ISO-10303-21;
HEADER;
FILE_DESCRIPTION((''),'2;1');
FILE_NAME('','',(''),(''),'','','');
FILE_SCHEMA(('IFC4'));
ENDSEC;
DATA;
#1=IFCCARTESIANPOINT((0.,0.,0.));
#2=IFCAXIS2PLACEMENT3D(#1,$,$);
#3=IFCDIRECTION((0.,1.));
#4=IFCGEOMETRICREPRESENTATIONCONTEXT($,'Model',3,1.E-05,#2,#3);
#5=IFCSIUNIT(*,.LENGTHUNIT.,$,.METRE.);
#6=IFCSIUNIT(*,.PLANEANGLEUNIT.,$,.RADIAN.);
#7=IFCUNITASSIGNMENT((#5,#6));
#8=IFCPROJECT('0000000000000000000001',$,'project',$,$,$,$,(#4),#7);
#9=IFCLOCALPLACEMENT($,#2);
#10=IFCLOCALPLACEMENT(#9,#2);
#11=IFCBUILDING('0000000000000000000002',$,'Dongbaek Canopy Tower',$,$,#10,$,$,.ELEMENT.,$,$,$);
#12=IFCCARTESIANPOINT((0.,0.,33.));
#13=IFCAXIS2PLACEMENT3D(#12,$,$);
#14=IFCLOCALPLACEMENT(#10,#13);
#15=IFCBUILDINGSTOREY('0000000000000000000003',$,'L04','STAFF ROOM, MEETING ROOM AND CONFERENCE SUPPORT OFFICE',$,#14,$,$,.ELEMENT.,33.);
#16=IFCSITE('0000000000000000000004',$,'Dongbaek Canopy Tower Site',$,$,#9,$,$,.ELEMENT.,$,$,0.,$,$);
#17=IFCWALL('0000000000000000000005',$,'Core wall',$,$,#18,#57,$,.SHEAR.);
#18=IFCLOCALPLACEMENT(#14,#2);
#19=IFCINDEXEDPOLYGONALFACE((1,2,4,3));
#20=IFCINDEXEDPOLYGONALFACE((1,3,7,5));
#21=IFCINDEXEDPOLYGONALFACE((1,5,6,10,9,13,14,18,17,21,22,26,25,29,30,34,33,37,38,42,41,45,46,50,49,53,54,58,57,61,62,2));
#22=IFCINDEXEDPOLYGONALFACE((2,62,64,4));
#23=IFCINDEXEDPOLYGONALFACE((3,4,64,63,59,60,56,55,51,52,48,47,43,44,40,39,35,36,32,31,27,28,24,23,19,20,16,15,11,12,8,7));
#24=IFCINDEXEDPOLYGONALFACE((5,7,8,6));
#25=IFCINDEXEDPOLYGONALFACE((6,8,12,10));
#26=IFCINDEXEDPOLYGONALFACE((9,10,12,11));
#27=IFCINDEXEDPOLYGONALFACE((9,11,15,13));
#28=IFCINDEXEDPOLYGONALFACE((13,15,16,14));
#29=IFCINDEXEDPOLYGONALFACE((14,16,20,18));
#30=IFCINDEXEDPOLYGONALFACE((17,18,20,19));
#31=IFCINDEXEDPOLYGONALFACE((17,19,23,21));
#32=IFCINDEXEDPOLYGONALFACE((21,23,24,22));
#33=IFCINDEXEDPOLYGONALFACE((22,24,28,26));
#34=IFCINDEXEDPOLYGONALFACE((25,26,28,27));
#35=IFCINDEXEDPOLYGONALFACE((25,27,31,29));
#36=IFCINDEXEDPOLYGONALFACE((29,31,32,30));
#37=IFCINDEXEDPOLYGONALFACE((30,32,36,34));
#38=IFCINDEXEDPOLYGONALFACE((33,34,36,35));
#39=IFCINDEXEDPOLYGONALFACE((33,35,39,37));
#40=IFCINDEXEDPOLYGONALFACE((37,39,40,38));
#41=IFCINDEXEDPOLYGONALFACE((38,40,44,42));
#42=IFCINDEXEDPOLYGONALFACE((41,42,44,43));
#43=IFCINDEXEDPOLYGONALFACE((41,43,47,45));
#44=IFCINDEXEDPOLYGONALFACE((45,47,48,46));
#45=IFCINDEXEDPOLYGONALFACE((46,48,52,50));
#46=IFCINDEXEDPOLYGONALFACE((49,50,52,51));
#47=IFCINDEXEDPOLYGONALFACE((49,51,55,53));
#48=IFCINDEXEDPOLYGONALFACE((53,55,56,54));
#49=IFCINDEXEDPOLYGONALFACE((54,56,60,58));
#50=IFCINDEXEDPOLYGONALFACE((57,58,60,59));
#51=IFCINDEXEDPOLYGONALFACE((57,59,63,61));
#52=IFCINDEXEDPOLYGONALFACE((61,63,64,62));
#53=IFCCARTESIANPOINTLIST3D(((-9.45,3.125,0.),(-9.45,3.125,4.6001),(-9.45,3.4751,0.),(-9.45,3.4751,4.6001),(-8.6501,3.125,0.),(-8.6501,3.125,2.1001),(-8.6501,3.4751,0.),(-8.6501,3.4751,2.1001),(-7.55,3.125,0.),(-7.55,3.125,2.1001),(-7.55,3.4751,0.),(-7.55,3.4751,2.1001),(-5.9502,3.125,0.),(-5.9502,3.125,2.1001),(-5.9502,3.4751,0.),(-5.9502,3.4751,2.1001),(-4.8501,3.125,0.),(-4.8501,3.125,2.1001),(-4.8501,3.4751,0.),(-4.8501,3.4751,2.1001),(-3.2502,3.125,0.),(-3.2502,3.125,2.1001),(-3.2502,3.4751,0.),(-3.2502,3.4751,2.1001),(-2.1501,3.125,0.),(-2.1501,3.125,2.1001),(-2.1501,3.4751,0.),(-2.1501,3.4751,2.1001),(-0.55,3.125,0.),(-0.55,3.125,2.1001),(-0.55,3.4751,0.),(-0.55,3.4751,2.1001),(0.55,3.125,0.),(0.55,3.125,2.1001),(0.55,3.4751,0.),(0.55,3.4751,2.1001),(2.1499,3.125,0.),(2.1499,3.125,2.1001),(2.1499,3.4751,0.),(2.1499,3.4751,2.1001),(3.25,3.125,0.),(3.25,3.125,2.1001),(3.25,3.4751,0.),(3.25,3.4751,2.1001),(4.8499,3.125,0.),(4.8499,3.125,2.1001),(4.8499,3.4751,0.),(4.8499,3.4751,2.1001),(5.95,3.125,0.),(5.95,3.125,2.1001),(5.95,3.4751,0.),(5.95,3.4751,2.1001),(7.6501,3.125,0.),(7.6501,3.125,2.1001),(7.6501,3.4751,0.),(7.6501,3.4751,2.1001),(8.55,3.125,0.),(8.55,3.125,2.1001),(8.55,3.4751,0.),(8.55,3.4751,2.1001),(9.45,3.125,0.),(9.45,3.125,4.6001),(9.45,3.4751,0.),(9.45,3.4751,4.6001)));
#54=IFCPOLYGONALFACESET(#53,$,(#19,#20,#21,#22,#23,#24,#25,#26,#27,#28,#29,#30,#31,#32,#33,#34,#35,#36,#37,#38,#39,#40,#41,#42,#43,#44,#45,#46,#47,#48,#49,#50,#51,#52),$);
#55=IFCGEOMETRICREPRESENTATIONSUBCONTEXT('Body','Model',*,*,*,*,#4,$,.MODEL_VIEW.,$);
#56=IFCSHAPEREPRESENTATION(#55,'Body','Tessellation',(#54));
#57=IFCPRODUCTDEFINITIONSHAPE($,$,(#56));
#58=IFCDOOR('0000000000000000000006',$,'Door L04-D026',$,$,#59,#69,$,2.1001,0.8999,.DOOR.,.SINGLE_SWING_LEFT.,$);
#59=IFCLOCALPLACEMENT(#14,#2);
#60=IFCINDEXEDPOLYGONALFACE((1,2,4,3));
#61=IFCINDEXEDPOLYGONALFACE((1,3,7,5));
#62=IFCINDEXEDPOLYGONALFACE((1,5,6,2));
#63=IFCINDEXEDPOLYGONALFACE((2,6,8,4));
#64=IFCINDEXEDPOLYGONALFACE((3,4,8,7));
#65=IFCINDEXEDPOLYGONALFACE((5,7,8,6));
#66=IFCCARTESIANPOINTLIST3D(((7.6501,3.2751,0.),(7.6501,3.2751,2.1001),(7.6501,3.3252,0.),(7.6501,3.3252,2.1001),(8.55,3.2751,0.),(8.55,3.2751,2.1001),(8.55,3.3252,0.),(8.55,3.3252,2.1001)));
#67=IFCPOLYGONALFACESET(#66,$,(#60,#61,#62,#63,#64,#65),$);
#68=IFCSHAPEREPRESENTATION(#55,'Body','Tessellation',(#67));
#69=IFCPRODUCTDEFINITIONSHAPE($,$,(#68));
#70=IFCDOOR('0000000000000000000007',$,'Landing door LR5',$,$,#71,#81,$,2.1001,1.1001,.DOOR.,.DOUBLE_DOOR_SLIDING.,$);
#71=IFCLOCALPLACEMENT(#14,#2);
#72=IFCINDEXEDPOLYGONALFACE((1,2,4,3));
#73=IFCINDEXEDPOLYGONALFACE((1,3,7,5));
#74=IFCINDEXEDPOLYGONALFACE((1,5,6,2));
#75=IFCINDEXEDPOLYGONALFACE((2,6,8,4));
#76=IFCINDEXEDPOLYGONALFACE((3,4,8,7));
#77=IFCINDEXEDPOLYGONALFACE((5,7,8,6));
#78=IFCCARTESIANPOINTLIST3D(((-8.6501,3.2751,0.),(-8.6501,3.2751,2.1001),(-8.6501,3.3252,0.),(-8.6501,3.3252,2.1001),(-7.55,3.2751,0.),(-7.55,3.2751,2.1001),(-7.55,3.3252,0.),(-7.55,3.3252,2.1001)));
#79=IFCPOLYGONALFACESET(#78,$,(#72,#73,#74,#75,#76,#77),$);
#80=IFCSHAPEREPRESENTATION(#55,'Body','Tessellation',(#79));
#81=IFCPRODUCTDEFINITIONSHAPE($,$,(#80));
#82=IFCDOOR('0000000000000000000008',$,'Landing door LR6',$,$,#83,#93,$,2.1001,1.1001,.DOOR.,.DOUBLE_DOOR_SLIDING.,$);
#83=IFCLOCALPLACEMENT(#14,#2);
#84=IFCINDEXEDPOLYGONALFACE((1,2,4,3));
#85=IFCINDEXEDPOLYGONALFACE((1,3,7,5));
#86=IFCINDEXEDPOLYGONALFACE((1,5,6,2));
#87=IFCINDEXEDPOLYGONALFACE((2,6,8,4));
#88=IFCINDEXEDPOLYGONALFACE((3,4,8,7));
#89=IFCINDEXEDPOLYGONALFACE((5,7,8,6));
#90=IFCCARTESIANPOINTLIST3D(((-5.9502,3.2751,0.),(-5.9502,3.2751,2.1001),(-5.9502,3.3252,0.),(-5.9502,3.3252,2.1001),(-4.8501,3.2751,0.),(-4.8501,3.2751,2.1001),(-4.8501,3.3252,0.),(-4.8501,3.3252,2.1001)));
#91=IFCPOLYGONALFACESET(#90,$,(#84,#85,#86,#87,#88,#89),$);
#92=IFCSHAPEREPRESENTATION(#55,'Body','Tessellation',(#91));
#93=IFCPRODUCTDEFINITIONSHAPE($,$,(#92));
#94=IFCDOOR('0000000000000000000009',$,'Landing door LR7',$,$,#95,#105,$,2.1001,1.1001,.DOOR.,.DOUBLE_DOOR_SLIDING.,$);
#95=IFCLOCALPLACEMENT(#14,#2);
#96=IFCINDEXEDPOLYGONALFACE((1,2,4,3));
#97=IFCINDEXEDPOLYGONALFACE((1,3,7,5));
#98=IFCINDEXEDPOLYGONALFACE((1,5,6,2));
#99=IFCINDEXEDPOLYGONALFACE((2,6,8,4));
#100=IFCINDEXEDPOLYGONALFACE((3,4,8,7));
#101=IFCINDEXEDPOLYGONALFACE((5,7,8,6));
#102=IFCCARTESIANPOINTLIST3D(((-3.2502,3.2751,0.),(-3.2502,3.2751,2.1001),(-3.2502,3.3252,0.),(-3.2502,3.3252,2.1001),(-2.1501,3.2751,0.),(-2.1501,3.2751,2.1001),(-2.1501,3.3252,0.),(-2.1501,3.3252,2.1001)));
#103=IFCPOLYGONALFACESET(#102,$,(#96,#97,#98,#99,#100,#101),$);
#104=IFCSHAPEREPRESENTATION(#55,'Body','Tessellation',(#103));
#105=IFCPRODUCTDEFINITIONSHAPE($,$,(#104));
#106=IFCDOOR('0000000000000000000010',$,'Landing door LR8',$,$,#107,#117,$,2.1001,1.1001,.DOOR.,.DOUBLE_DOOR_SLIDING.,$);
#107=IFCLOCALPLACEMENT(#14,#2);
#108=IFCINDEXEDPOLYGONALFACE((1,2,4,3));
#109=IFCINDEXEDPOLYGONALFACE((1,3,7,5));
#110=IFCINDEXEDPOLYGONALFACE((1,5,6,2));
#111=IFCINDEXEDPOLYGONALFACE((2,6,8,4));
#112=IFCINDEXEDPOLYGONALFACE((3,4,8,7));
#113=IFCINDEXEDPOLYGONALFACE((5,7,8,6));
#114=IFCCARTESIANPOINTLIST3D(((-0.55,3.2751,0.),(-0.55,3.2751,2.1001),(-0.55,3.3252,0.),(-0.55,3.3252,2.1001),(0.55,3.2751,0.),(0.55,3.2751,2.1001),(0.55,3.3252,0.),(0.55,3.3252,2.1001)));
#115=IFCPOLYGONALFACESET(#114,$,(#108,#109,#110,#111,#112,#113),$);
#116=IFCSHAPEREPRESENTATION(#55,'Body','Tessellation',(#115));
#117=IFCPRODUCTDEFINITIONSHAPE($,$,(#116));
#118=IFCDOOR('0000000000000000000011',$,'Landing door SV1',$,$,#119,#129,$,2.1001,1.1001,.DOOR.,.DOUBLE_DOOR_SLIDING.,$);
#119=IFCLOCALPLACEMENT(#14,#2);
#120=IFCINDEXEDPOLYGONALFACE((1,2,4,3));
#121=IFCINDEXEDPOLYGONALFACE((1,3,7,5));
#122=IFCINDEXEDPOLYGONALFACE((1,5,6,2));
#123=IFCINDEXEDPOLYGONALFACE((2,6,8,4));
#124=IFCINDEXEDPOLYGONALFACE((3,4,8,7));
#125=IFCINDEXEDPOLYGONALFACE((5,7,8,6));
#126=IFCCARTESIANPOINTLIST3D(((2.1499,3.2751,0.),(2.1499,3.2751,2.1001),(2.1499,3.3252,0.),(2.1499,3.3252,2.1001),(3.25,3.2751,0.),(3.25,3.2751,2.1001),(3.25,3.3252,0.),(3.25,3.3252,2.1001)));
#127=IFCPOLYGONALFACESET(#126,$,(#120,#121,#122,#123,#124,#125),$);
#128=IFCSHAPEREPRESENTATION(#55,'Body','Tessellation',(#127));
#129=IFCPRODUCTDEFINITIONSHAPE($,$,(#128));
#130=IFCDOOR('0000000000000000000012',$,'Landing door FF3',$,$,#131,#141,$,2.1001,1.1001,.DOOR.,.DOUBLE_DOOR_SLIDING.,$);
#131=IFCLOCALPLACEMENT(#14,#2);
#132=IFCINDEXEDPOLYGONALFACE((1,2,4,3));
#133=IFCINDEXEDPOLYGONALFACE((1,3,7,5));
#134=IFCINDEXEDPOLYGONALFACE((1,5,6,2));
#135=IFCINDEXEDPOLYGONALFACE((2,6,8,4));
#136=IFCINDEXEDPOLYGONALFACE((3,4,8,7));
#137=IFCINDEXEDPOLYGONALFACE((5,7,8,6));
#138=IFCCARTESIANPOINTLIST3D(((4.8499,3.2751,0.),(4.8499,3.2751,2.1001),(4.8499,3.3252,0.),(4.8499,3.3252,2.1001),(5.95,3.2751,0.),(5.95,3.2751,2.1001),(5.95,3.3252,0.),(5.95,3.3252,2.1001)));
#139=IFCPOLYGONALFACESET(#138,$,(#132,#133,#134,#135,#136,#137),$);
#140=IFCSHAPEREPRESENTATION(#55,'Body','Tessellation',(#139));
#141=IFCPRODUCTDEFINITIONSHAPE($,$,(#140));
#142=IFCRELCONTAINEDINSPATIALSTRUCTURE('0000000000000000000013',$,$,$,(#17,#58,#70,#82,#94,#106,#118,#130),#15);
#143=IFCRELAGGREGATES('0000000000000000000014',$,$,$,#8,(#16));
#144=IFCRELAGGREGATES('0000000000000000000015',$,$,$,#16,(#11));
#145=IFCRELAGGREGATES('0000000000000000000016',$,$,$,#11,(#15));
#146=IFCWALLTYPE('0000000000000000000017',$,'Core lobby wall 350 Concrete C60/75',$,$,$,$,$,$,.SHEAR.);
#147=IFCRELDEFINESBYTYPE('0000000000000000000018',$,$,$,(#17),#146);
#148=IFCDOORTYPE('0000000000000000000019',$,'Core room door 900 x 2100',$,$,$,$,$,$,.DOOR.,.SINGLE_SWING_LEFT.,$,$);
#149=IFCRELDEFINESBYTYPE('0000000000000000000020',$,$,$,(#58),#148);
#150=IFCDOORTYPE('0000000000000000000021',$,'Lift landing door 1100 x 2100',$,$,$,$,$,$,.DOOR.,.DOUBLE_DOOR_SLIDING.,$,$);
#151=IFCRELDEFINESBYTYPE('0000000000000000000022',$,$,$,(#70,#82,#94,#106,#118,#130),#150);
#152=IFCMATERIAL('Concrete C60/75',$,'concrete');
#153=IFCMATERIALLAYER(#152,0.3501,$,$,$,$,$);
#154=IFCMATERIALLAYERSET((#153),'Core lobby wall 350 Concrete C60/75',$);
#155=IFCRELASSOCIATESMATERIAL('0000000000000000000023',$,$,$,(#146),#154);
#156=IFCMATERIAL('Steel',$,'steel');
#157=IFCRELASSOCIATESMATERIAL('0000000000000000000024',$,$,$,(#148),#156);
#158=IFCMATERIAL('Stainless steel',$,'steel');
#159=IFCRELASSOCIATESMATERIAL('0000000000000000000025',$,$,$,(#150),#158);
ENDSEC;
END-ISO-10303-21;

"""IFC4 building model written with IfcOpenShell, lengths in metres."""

from ifc_helpers import new_model, si_unit, direction, frame, frame_2d, origin, place, context, subcontext, project, spatial, rectangle, extrude, material, layer, layer_set, type_object, element, fill, save


model = new_model("IFC4")

# Units and contexts
model_context = context("Model", 3, precision=1e-05, world=origin(), true_north=direction((0.0, 1.0)))
body_context = subcontext(model_context, "Body", "Model", "MODEL_VIEW")
ifc_project = project(units=[si_unit("LENGTHUNIT", "METRE"), si_unit("PLANEANGLEUNIT", "RADIAN")], contexts=[model_context])

# Site, building, storey
site_placement = place(None, origin())
site = spatial("IfcSite", under=ifc_project, at=site_placement, Name="Dongbaek Canopy Tower Site", CompositionType="ELEMENT", RefElevation=0.0)
building_placement = place(site_placement, origin())
building = spatial("IfcBuilding", under=site, at=building_placement, Name="Dongbaek Canopy Tower", CompositionType="ELEMENT")
storey_placement = place(building_placement, frame((0.0, 0.0, 33.0)))
storey = spatial("IfcBuildingStorey", under=building, at=storey_placement, Name="L04", Description="STAFF ROOM, MEETING ROOM AND CONFERENCE SUPPORT OFFICE", CompositionType="ELEMENT", Elevation=33.0)

# Wall, openings, doors
ifc_material_1 = material(Name="Concrete C60/75", Category="concrete")
ifc_layer_1 = layer(ifc_material_1, 0.3501)
ifc_layer_set_1 = layer_set([ifc_layer_1], Name="Core lobby wall 350 Concrete C60/75")
wall_type_1 = type_object("IfcWallType", Name="Core lobby wall 350 Concrete C60/75", PredefinedType="SHEAR", material=ifc_layer_set_1)
wall_1_placement = place(storey_placement, frame((9.45, 3.3, 0.0), z_axis=(0.0, 0.0, 1.0), x_axis=(-1.0, 0.0, 0.0)))
wall_1 = element("IfcWall", 1, at=wall_1_placement, inside=storey, type_object=wall_type_1, Name="Core wall", PredefinedType="SHEAR", context=body_context, shape_type="SweptSolid", body=[
    extrude(rectangle(XDim=18.8999, YDim=0.3501, at=frame_2d((9.45, 0.0))), origin(), (0.0, 0.0, 1.0), 4.6001),
])
opening_1_placement = place(wall_1_placement, frame((17.0, 0.0, 0.0)))
opening_1 = element("IfcOpeningElement", 2, at=opening_1_placement, cuts=wall_1, PredefinedType="OPENING", context=body_context, shape_type="SweptSolid", body=[
    extrude(rectangle(XDim=1.1001, YDim=2.1001, at=frame_2d((0.55, 1.05))), frame((0.0, 0.1851, 0.0), z_axis=(0.0, -1.0, 0.0), x_axis=(1.0, 0.0, 0.0)), (0.0, 0.0, 1.0), 0.3701),
])
opening_2_placement = place(wall_1_placement, frame((14.3, 0.0, 0.0)))
opening_2 = element("IfcOpeningElement", 3, at=opening_2_placement, cuts=wall_1, PredefinedType="OPENING", context=body_context, shape_type="SweptSolid", body=[
    extrude(rectangle(XDim=1.1001, YDim=2.1001, at=frame_2d((0.55, 1.05))), frame((0.0, 0.1851, 0.0), z_axis=(0.0, -1.0, 0.0), x_axis=(1.0, 0.0, 0.0)), (0.0, 0.0, 1.0), 0.3701),
])
opening_3_placement = place(wall_1_placement, frame((11.6001, 0.0, 0.0)))
opening_3 = element("IfcOpeningElement", 4, at=opening_3_placement, cuts=wall_1, PredefinedType="OPENING", context=body_context, shape_type="SweptSolid", body=[
    extrude(rectangle(XDim=1.1001, YDim=2.1001, at=frame_2d((0.55, 1.05))), frame((0.0, 0.1851, 0.0), z_axis=(0.0, -1.0, 0.0), x_axis=(1.0, 0.0, 0.0)), (0.0, 0.0, 1.0), 0.3701),
])
opening_4_placement = place(wall_1_placement, frame((8.8999, 0.0, 0.0)))
opening_4 = element("IfcOpeningElement", 5, at=opening_4_placement, cuts=wall_1, PredefinedType="OPENING", context=body_context, shape_type="SweptSolid", body=[
    extrude(rectangle(XDim=1.1001, YDim=2.1001, at=frame_2d((0.55, 1.05))), frame((0.0, 0.1851, 0.0), z_axis=(0.0, -1.0, 0.0), x_axis=(1.0, 0.0, 0.0)), (0.0, 0.0, 1.0), 0.3701),
])
opening_5_placement = place(wall_1_placement, frame((6.2, 0.0, 0.0)))
opening_5 = element("IfcOpeningElement", 6, at=opening_5_placement, cuts=wall_1, PredefinedType="OPENING", context=body_context, shape_type="SweptSolid", body=[
    extrude(rectangle(XDim=1.1001, YDim=2.1001, at=frame_2d((0.55, 1.05))), frame((0.0, 0.1851, 0.0), z_axis=(0.0, -1.0, 0.0), x_axis=(1.0, 0.0, 0.0)), (0.0, 0.0, 1.0), 0.3701),
])
opening_6_placement = place(wall_1_placement, frame((3.5, 0.0, 0.0)))
opening_6 = element("IfcOpeningElement", 7, at=opening_6_placement, cuts=wall_1, PredefinedType="OPENING", context=body_context, shape_type="SweptSolid", body=[
    extrude(rectangle(XDim=1.1001, YDim=2.1001, at=frame_2d((0.55, 1.05))), frame((0.0, 0.1851, 0.0), z_axis=(0.0, -1.0, 0.0), x_axis=(1.0, 0.0, 0.0)), (0.0, 0.0, 1.0), 0.3701),
])
opening_7_placement = place(wall_1_placement, frame((0.8999, 0.0, 0.0)))
opening_7 = element("IfcOpeningElement", 8, at=opening_7_placement, cuts=wall_1, PredefinedType="OPENING", context=body_context, shape_type="SweptSolid", body=[
    extrude(rectangle(XDim=0.8999, YDim=2.1001, at=frame_2d((0.45, 1.05))), frame((0.0, 0.1851, 0.0), z_axis=(0.0, -1.0, 0.0), x_axis=(1.0, 0.0, 0.0)), (0.0, 0.0, 1.0), 0.3701),
])
ifc_material_2 = material(Name="Steel", Category="steel")
door_type_1 = type_object("IfcDoorType", Name="Core room door 900 x 2100", OperationType="SINGLE_SWING_LEFT", PredefinedType="DOOR", material=ifc_material_2)
door_1_placement = place(opening_7_placement, origin())
door_1 = element("IfcDoor", 9, at=door_1_placement, inside=storey, type_object=door_type_1, Name="Door L04-D026", OperationType="SINGLE_SWING_LEFT", OverallHeight=2.1001, OverallWidth=0.8999, PredefinedType="DOOR", context=body_context, shape_type="SweptSolid", body=[
    extrude(rectangle(XDim=0.8999, YDim=2.1001, at=frame_2d((0.45, 1.05))), frame((0.0, 0.0249, 0.0), z_axis=(0.0, -1.0, 0.0), x_axis=(1.0, 0.0, 0.0)), (0.0, 0.0, 1.0), 0.05),
])
fill(opening_7, door_1)
ifc_material_3 = material(Name="Stainless steel", Category="steel")
door_type_2 = type_object("IfcDoorType", Name="Lift landing door 1100 x 2100", OperationType="DOUBLE_DOOR_SLIDING", PredefinedType="DOOR", material=ifc_material_3)
door_2_placement = place(opening_1_placement, origin())
door_2 = element("IfcDoor", 10, at=door_2_placement, inside=storey, type_object=door_type_2, Name="Landing door LR5", OperationType="DOUBLE_DOOR_SLIDING", OverallHeight=2.1001, OverallWidth=1.1001, PredefinedType="DOOR", context=body_context, shape_type="SweptSolid", body=[
    extrude(rectangle(XDim=1.1001, YDim=2.1001, at=frame_2d((0.55, 1.05))), frame((0.0, 0.0249, 0.0), z_axis=(0.0, -1.0, 0.0), x_axis=(1.0, 0.0, 0.0)), (0.0, 0.0, 1.0), 0.05),
])
fill(opening_1, door_2)
door_3_placement = place(opening_2_placement, origin())
door_3 = element("IfcDoor", 11, at=door_3_placement, inside=storey, type_object=door_type_2, Name="Landing door LR6", OperationType="DOUBLE_DOOR_SLIDING", OverallHeight=2.1001, OverallWidth=1.1001, PredefinedType="DOOR", context=body_context, shape_type="SweptSolid", body=[
    extrude(rectangle(XDim=1.1001, YDim=2.1001, at=frame_2d((0.55, 1.05))), frame((0.0, 0.0249, 0.0), z_axis=(0.0, -1.0, 0.0), x_axis=(1.0, 0.0, 0.0)), (0.0, 0.0, 1.0), 0.05),
])
fill(opening_2, door_3)
door_4_placement = place(opening_3_placement, origin())
door_4 = element("IfcDoor", 12, at=door_4_placement, inside=storey, type_object=door_type_2, Name="Landing door LR7", OperationType="DOUBLE_DOOR_SLIDING", OverallHeight=2.1001, OverallWidth=1.1001, PredefinedType="DOOR", context=body_context, shape_type="SweptSolid", body=[
    extrude(rectangle(XDim=1.1001, YDim=2.1001, at=frame_2d((0.55, 1.05))), frame((0.0, 0.0249, 0.0), z_axis=(0.0, -1.0, 0.0), x_axis=(1.0, 0.0, 0.0)), (0.0, 0.0, 1.0), 0.05),
])
fill(opening_3, door_4)
door_5_placement = place(opening_4_placement, origin())
door_5 = element("IfcDoor", 13, at=door_5_placement, inside=storey, type_object=door_type_2, Name="Landing door LR8", OperationType="DOUBLE_DOOR_SLIDING", OverallHeight=2.1001, OverallWidth=1.1001, PredefinedType="DOOR", context=body_context, shape_type="SweptSolid", body=[
    extrude(rectangle(XDim=1.1001, YDim=2.1001, at=frame_2d((0.55, 1.05))), frame((0.0, 0.0249, 0.0), z_axis=(0.0, -1.0, 0.0), x_axis=(1.0, 0.0, 0.0)), (0.0, 0.0, 1.0), 0.05),
])
fill(opening_4, door_5)
door_6_placement = place(opening_5_placement, origin())
door_6 = element("IfcDoor", 14, at=door_6_placement, inside=storey, type_object=door_type_2, Name="Landing door SV1", OperationType="DOUBLE_DOOR_SLIDING", OverallHeight=2.1001, OverallWidth=1.1001, PredefinedType="DOOR", context=body_context, shape_type="SweptSolid", body=[
    extrude(rectangle(XDim=1.1001, YDim=2.1001, at=frame_2d((0.55, 1.05))), frame((0.0, 0.0249, 0.0), z_axis=(0.0, -1.0, 0.0), x_axis=(1.0, 0.0, 0.0)), (0.0, 0.0, 1.0), 0.05),
])
fill(opening_5, door_6)
door_7_placement = place(opening_6_placement, origin())
door_7 = element("IfcDoor", 15, at=door_7_placement, inside=storey, type_object=door_type_2, Name="Landing door FF3", OperationType="DOUBLE_DOOR_SLIDING", OverallHeight=2.1001, OverallWidth=1.1001, PredefinedType="DOOR", context=body_context, shape_type="SweptSolid", body=[
    extrude(rectangle(XDim=1.1001, YDim=2.1001, at=frame_2d((0.55, 1.05))), frame((0.0, 0.0249, 0.0), z_axis=(0.0, -1.0, 0.0), x_axis=(1.0, 0.0, 0.0)), (0.0, 0.0, 1.0), 0.05),
])
fill(opening_6, door_7)

save(model, "model.ifc")
